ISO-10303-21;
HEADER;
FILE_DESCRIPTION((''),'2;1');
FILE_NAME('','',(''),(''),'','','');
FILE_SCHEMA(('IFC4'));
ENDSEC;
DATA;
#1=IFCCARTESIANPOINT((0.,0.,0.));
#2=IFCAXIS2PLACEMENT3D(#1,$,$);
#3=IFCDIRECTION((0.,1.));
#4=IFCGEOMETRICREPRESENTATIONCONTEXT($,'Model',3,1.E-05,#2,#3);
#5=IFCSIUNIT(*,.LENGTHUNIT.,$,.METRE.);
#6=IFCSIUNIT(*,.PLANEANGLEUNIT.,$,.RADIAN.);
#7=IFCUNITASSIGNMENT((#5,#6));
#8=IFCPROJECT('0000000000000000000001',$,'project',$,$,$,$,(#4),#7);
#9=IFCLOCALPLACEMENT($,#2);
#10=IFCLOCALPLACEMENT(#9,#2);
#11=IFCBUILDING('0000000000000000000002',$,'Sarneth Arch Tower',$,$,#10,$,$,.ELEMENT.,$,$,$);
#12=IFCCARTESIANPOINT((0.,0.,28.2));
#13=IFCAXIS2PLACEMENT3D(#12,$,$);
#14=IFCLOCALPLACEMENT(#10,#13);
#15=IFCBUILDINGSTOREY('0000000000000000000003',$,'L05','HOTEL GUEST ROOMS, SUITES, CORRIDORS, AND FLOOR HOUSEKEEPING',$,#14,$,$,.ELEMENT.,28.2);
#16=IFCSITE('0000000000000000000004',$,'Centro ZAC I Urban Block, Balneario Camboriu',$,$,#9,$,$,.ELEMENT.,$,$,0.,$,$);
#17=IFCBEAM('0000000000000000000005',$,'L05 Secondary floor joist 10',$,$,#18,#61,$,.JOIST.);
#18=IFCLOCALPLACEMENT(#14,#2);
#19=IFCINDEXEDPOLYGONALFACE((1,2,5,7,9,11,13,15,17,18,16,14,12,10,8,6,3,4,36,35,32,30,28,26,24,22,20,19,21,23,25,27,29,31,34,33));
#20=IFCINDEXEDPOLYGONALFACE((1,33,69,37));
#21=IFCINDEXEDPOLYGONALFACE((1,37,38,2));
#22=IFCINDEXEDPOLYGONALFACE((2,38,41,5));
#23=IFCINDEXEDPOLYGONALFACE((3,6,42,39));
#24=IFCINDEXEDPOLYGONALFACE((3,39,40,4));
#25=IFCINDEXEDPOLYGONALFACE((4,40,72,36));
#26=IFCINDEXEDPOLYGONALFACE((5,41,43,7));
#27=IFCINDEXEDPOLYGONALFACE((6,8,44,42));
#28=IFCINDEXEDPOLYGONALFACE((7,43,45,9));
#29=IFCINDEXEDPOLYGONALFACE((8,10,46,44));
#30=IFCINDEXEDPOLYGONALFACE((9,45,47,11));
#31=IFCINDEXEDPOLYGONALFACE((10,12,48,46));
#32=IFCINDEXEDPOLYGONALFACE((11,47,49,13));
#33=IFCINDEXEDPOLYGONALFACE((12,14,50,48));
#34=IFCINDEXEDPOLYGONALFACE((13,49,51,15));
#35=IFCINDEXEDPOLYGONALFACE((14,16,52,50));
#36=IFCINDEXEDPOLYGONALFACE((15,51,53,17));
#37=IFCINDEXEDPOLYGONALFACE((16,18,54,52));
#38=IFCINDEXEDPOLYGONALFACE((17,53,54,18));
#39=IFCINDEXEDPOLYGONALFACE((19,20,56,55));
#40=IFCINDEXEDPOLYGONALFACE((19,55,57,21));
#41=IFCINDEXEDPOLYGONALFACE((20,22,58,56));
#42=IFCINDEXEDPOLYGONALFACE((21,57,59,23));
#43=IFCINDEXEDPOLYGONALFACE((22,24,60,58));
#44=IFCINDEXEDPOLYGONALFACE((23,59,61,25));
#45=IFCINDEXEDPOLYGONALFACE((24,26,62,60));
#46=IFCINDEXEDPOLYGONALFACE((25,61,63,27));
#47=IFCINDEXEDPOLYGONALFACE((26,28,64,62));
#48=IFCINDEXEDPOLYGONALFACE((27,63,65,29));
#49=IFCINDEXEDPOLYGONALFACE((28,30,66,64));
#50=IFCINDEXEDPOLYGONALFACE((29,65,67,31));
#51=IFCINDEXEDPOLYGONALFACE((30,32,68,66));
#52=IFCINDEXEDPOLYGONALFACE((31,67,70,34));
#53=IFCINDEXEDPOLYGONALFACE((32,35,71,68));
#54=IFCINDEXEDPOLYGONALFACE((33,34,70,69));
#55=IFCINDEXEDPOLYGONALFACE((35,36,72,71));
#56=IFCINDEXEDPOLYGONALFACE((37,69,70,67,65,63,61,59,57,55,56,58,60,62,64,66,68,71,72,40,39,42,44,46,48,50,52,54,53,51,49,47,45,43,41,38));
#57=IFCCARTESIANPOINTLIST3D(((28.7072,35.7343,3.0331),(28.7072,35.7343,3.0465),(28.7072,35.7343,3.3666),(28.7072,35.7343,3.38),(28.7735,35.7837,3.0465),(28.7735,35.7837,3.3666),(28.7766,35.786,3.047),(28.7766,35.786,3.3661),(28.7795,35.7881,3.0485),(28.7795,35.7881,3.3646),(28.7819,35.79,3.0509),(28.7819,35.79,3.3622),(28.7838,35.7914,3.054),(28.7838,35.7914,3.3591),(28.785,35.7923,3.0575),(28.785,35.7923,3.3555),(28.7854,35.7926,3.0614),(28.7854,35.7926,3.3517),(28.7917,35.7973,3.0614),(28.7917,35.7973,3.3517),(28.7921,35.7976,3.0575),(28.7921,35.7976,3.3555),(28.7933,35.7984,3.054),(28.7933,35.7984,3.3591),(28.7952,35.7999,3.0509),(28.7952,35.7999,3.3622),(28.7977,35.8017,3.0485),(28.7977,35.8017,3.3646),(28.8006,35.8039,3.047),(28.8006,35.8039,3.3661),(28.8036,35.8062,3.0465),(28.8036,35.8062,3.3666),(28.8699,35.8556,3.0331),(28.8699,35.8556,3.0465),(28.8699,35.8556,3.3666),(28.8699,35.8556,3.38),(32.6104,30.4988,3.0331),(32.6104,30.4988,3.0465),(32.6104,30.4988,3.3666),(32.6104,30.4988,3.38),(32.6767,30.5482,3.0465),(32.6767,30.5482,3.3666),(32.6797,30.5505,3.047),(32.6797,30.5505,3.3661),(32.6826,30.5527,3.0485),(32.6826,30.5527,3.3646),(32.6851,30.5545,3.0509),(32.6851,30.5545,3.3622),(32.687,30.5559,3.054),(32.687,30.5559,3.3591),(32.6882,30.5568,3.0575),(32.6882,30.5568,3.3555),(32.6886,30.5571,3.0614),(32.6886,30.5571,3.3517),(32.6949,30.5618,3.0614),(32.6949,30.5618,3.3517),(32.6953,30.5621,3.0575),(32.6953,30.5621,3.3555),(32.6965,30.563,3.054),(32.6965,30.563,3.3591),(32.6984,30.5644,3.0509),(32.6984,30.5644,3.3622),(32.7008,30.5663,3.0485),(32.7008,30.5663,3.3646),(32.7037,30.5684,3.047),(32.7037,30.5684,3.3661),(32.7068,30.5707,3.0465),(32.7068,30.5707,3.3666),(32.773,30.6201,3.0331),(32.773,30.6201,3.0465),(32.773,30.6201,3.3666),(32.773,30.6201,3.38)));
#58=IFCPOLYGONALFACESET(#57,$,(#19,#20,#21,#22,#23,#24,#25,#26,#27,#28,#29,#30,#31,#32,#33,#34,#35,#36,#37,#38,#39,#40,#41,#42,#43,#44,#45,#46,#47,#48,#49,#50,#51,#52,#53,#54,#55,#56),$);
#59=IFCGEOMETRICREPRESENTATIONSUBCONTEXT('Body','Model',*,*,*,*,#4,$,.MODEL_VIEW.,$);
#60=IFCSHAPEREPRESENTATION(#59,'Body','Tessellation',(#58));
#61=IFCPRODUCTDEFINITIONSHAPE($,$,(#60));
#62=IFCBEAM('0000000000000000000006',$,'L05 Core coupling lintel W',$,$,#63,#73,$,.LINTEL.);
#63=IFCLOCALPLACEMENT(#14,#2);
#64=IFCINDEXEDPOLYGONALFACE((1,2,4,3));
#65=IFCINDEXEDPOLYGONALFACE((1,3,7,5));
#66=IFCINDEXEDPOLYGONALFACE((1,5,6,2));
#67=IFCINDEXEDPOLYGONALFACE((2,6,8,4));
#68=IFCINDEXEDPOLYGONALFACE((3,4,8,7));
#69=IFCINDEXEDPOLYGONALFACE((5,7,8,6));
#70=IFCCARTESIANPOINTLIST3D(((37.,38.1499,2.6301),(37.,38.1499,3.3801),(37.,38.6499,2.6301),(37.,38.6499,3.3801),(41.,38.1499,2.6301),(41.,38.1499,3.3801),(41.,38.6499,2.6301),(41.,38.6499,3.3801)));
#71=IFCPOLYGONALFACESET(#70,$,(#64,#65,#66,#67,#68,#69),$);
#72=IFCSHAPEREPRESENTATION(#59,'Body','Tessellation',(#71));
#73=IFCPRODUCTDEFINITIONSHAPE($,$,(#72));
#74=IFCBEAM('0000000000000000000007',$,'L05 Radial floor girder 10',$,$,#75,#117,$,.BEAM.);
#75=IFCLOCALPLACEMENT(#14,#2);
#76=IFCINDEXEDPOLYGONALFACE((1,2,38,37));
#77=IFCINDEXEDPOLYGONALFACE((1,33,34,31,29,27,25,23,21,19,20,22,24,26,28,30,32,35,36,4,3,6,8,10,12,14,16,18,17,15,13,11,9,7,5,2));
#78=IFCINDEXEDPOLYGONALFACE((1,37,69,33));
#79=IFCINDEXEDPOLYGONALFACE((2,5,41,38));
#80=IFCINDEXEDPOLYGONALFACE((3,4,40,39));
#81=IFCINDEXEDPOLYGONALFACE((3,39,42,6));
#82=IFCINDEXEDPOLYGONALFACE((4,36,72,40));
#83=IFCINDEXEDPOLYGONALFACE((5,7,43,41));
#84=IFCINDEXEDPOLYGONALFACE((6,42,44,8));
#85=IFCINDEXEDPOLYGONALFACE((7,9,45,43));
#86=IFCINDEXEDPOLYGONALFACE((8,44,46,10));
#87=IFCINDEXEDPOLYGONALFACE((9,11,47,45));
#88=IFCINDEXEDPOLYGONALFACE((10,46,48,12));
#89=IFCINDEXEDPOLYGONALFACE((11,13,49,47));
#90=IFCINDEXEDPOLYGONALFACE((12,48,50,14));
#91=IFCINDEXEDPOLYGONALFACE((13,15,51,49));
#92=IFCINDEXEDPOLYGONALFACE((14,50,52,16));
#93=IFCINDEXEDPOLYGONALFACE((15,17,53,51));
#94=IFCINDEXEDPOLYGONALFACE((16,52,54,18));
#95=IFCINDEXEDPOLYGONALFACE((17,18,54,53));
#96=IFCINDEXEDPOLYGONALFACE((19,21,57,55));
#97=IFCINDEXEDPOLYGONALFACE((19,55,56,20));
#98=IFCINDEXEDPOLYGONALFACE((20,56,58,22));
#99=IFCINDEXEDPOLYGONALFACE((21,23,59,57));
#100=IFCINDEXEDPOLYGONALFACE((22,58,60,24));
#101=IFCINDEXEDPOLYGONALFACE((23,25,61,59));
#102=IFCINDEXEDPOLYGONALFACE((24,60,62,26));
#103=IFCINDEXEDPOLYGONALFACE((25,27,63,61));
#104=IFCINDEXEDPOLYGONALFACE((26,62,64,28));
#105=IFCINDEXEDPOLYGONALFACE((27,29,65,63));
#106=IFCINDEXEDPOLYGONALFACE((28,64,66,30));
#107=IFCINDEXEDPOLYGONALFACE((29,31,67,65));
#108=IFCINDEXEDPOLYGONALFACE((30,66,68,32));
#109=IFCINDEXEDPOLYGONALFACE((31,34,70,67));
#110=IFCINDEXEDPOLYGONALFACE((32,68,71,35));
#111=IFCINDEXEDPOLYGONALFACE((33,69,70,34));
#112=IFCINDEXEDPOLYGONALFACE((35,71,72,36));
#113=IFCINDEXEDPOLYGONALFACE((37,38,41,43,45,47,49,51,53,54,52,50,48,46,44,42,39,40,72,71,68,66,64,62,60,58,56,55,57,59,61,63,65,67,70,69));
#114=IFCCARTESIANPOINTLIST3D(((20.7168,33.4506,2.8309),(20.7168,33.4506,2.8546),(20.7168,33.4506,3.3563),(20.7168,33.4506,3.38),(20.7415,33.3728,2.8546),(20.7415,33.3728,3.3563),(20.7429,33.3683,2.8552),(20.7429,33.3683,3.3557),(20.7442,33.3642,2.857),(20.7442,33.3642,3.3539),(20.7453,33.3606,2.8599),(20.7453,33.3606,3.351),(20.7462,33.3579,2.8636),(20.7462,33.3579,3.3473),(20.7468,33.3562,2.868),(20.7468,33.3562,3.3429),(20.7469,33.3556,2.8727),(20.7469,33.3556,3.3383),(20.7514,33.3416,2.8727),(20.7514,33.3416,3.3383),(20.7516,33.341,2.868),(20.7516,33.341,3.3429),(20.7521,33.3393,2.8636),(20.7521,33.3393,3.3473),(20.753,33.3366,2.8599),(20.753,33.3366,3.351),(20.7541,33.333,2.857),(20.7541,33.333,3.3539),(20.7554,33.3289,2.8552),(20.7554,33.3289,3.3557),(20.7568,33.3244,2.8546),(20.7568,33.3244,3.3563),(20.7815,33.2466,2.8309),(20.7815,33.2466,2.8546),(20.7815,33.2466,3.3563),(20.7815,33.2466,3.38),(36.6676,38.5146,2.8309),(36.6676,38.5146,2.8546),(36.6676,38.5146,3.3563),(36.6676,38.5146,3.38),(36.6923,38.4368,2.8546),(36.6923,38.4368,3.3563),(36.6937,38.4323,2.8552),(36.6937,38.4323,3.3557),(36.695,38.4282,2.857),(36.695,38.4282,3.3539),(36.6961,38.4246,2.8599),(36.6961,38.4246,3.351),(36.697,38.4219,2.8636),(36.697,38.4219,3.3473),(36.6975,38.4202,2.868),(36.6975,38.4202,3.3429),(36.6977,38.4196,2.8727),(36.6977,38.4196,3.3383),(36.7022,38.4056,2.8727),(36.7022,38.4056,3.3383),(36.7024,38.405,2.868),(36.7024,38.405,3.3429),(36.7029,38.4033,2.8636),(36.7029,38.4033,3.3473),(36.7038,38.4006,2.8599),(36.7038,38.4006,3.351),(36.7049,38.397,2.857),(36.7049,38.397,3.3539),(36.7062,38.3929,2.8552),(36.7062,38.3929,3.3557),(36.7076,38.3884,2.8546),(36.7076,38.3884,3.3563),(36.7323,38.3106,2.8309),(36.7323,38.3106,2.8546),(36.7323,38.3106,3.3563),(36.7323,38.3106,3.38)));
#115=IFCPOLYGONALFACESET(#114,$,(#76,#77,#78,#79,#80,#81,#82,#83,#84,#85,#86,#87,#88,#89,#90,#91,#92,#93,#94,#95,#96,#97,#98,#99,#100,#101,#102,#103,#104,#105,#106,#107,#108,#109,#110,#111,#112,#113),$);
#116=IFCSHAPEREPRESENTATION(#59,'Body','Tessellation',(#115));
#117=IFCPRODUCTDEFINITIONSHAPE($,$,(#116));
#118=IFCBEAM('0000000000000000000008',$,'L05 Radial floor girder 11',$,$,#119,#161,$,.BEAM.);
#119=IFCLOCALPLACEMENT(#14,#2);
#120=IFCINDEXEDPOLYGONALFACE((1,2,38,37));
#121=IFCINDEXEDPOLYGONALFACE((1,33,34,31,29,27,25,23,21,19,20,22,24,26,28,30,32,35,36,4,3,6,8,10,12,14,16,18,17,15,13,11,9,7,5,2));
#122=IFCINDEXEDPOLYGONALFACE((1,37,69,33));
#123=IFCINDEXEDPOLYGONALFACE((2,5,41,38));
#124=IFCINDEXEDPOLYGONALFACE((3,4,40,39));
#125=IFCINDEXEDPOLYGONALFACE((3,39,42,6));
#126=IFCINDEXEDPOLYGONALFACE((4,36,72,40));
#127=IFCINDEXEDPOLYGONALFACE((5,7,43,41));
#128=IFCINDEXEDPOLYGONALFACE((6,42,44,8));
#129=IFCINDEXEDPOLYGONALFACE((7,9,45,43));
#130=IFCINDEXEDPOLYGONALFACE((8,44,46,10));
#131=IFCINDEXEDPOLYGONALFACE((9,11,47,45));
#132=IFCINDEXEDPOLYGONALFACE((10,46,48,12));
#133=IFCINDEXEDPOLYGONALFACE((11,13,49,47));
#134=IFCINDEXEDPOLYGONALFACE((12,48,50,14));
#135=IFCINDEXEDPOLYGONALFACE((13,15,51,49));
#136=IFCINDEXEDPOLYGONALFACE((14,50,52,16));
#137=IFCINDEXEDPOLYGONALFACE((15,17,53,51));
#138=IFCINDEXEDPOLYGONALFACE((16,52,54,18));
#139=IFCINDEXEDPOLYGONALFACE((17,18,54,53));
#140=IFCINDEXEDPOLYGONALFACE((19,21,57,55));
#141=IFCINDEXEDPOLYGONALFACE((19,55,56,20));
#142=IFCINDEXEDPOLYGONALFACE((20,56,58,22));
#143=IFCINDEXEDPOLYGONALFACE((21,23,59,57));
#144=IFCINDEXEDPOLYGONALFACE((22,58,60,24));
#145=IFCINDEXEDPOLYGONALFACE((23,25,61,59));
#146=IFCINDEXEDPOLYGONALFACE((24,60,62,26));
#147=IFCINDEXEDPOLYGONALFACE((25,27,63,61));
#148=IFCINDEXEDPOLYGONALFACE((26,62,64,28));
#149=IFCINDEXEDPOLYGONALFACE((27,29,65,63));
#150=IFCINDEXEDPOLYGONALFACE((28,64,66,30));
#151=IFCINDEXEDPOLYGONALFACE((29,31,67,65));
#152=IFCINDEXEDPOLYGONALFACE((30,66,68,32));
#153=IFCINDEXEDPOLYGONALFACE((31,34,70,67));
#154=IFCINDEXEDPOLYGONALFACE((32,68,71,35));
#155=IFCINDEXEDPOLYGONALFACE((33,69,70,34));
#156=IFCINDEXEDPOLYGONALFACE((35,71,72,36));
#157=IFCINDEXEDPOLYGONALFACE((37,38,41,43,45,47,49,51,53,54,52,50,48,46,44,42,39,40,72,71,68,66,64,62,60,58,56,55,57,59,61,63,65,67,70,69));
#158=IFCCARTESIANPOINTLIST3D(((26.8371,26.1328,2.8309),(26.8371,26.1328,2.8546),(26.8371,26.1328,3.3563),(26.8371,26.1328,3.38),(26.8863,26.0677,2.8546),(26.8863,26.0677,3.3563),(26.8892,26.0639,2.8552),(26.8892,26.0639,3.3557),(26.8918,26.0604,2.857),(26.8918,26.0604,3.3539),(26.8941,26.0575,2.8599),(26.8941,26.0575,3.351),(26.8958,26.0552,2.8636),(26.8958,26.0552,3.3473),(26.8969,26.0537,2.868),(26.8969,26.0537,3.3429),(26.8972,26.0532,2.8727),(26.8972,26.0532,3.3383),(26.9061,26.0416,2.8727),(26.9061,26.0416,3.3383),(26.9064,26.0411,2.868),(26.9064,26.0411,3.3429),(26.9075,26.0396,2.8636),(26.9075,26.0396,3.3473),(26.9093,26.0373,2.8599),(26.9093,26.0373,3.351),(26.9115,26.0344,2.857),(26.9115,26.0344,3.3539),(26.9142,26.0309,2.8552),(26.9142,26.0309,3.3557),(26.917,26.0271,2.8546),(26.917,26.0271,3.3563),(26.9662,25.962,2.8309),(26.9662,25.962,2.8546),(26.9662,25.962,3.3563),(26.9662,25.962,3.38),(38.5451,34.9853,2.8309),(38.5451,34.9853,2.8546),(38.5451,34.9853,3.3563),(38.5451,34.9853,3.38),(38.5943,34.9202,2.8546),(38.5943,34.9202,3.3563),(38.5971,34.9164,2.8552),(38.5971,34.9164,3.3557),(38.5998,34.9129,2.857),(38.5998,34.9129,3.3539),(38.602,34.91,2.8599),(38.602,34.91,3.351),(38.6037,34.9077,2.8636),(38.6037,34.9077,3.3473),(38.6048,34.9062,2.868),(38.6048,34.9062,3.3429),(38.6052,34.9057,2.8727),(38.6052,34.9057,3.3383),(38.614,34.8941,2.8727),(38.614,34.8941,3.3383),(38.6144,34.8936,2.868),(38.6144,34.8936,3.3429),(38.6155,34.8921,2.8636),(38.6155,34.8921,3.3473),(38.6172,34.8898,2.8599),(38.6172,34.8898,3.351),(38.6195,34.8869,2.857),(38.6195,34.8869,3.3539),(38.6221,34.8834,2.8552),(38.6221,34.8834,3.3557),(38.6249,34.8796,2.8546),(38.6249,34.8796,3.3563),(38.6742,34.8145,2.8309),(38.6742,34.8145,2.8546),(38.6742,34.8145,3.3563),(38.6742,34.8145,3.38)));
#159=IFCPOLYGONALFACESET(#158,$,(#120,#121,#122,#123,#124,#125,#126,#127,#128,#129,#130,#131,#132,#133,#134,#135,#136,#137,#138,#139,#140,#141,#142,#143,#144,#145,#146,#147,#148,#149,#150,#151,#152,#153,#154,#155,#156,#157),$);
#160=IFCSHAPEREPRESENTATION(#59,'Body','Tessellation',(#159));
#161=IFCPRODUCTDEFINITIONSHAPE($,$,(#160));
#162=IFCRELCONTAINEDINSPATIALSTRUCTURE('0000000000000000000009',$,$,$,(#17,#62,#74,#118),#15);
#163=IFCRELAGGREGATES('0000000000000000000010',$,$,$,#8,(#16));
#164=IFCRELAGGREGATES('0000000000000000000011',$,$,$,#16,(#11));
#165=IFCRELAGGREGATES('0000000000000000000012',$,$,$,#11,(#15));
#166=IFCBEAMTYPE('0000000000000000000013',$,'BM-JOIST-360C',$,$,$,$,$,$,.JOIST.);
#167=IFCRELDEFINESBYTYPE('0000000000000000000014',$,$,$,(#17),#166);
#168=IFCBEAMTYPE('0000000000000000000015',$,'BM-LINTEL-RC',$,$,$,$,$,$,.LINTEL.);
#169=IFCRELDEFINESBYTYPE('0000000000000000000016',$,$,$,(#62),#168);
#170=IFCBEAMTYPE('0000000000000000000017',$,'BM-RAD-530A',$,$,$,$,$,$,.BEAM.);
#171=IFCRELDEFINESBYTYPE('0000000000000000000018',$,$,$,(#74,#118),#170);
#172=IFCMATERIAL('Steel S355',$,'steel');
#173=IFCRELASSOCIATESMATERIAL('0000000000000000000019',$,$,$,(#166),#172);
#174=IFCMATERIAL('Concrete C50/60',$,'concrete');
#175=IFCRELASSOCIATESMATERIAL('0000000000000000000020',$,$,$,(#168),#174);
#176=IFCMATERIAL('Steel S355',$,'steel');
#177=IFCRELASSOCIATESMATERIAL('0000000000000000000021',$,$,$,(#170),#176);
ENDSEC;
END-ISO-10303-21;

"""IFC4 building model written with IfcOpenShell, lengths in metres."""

from ifc_helpers import new_model, si_unit, direction, frame, origin, origin_2d, place, context, subcontext, project, spatial, rectangle, i_section, extrude, material, material_profile, profile_set, type_object, element, save


model = new_model("IFC4")

# Units and contexts
model_context = context("Model", 3, precision=1e-05, world=origin(), true_north=direction((0.0, 1.0)))
body_context = subcontext(model_context, "Body", "Model", "MODEL_VIEW")
ifc_project = project(units=[si_unit("LENGTHUNIT", "METRE"), si_unit("PLANEANGLEUNIT", "RADIAN")], contexts=[model_context])

# Site, building, storey
site_placement = place(None, origin())
site = spatial("IfcSite", under=ifc_project, at=site_placement, Name="Centro ZAC I Urban Block, Balneario Camboriu", CompositionType="ELEMENT", RefElevation=0.0)
building_placement = place(site_placement, origin())
building = spatial("IfcBuilding", under=site, at=building_placement, Name="Sarneth Arch Tower", CompositionType="ELEMENT")
storey_placement = place(building_placement, frame((0.0, 0.0, 28.2)))
storey = spatial("IfcBuildingStorey", under=building, at=storey_placement, Name="L05", Description="HOTEL GUEST ROOMS, SUITES, CORRIDORS, AND FLOOR HOUSEKEEPING", CompositionType="ELEMENT", Elevation=28.2)

# Beams
ifc_material_1 = material(Name="Steel S355", Category="steel")
ifc_material_profile_1 = material_profile(ifc_material_1, i_section(OverallWidth=0.2029, OverallDepth=0.3469, WebThickness=0.0078, FlangeThickness=0.0134, FilletRadius=0.0149, at=origin_2d()), Name="W360x64")
ifc_profile_set_1 = profile_set([ifc_material_profile_1], Name="Steel S355")
beam_type_1 = type_object("IfcBeamType", Name="BM-JOIST-360C", PredefinedType="JOIST", material=ifc_profile_set_1)
beam_1_placement = place(storey_placement, frame((28.7886, 35.7949, 3.2065), z_axis=(0.5977, -0.801719, 0.0), x_axis=(0.801719, 0.5977, 0.0)))
element("IfcBeam", 1, at=beam_1_placement, inside=storey, type_object=beam_type_1, Name="L05 Secondary floor joist 10", PredefinedType="JOIST", context=body_context, shape_type="SweptSolid", body=[
    extrude(i_section(OverallWidth=0.2029, OverallDepth=0.3469, WebThickness=0.0078, FlangeThickness=0.0134, FilletRadius=0.0149, at=origin_2d()), origin(), (0.0, 0.0, 1.0), 6.5303),
])
ifc_material_2 = material(Name="Concrete C50/60", Category="concrete")
ifc_material_profile_2 = material_profile(ifc_material_2, rectangle(XDim=0.5, YDim=0.75, at=origin_2d()), Name="RC-500x750")
ifc_profile_set_2 = profile_set([ifc_material_profile_2], Name="Concrete C50/60")
beam_type_2 = type_object("IfcBeamType", Name="BM-LINTEL-RC", PredefinedType="LINTEL", material=ifc_profile_set_2)
beam_2_placement = place(storey_placement, frame((37.0, 38.3999, 3.0051), z_axis=(1.0, 0.0, 0.0), x_axis=(0.0, 1.0, 0.0)))
element("IfcBeam", 2, at=beam_2_placement, inside=storey, type_object=beam_type_2, Name="L05 Core coupling lintel W", PredefinedType="LINTEL", context=body_context, shape_type="SweptSolid", body=[
    extrude(rectangle(XDim=0.5, YDim=0.75, at=origin_2d()), origin(), (0.0, 0.0, 1.0), 4.0),
])
ifc_material_3 = material(Name="Steel S355", Category="steel")
ifc_material_profile_3 = material_profile(ifc_material_3, i_section(OverallWidth=0.2141, OverallDepth=0.5491, WebThickness=0.0146, FlangeThickness=0.0237, FilletRadius=0.0181, at=origin_2d()), Name="W530x138")
ifc_profile_set_3 = profile_set([ifc_material_profile_3], Name="Steel S355")
beam_type_3 = type_object("IfcBeamType", Name="BM-RAD-530A", PredefinedType="BEAM", material=ifc_profile_set_3)
beam_3_placement = place(storey_placement, frame((36.7, 38.4126, 3.1055), z_axis=(-0.95312, -0.302593, 0.0), x_axis=(0.302593, -0.95312, 0.0)))
element("IfcBeam", 3, at=beam_3_placement, inside=storey, type_object=beam_type_3, Name="L05 Radial floor girder 10", PredefinedType="BEAM", context=body_context, shape_type="SweptSolid", body=[
    extrude(i_section(OverallWidth=0.2141, OverallDepth=0.5491, WebThickness=0.0146, FlangeThickness=0.0237, FilletRadius=0.0181, at=origin_2d()), origin(), (0.0, 0.0, 1.0), 16.7354),
])
beam_4_placement = place(storey_placement, frame((38.6096, 34.8999, 3.1055), z_axis=(-0.797655, -0.603114, 0.0), x_axis=(0.603114, -0.797655, 0.0)))
element("IfcBeam", 4, at=beam_4_placement, inside=storey, type_object=beam_type_3, Name="L05 Radial floor girder 11", PredefinedType="BEAM", context=body_context, shape_type="SweptSolid", body=[
    extrude(i_section(OverallWidth=0.2141, OverallDepth=0.5491, WebThickness=0.0146, FlangeThickness=0.0237, FilletRadius=0.0181, at=origin_2d()), origin(), (0.0, 0.0, 1.0), 14.678),
])

save(model, "model.ifc")
